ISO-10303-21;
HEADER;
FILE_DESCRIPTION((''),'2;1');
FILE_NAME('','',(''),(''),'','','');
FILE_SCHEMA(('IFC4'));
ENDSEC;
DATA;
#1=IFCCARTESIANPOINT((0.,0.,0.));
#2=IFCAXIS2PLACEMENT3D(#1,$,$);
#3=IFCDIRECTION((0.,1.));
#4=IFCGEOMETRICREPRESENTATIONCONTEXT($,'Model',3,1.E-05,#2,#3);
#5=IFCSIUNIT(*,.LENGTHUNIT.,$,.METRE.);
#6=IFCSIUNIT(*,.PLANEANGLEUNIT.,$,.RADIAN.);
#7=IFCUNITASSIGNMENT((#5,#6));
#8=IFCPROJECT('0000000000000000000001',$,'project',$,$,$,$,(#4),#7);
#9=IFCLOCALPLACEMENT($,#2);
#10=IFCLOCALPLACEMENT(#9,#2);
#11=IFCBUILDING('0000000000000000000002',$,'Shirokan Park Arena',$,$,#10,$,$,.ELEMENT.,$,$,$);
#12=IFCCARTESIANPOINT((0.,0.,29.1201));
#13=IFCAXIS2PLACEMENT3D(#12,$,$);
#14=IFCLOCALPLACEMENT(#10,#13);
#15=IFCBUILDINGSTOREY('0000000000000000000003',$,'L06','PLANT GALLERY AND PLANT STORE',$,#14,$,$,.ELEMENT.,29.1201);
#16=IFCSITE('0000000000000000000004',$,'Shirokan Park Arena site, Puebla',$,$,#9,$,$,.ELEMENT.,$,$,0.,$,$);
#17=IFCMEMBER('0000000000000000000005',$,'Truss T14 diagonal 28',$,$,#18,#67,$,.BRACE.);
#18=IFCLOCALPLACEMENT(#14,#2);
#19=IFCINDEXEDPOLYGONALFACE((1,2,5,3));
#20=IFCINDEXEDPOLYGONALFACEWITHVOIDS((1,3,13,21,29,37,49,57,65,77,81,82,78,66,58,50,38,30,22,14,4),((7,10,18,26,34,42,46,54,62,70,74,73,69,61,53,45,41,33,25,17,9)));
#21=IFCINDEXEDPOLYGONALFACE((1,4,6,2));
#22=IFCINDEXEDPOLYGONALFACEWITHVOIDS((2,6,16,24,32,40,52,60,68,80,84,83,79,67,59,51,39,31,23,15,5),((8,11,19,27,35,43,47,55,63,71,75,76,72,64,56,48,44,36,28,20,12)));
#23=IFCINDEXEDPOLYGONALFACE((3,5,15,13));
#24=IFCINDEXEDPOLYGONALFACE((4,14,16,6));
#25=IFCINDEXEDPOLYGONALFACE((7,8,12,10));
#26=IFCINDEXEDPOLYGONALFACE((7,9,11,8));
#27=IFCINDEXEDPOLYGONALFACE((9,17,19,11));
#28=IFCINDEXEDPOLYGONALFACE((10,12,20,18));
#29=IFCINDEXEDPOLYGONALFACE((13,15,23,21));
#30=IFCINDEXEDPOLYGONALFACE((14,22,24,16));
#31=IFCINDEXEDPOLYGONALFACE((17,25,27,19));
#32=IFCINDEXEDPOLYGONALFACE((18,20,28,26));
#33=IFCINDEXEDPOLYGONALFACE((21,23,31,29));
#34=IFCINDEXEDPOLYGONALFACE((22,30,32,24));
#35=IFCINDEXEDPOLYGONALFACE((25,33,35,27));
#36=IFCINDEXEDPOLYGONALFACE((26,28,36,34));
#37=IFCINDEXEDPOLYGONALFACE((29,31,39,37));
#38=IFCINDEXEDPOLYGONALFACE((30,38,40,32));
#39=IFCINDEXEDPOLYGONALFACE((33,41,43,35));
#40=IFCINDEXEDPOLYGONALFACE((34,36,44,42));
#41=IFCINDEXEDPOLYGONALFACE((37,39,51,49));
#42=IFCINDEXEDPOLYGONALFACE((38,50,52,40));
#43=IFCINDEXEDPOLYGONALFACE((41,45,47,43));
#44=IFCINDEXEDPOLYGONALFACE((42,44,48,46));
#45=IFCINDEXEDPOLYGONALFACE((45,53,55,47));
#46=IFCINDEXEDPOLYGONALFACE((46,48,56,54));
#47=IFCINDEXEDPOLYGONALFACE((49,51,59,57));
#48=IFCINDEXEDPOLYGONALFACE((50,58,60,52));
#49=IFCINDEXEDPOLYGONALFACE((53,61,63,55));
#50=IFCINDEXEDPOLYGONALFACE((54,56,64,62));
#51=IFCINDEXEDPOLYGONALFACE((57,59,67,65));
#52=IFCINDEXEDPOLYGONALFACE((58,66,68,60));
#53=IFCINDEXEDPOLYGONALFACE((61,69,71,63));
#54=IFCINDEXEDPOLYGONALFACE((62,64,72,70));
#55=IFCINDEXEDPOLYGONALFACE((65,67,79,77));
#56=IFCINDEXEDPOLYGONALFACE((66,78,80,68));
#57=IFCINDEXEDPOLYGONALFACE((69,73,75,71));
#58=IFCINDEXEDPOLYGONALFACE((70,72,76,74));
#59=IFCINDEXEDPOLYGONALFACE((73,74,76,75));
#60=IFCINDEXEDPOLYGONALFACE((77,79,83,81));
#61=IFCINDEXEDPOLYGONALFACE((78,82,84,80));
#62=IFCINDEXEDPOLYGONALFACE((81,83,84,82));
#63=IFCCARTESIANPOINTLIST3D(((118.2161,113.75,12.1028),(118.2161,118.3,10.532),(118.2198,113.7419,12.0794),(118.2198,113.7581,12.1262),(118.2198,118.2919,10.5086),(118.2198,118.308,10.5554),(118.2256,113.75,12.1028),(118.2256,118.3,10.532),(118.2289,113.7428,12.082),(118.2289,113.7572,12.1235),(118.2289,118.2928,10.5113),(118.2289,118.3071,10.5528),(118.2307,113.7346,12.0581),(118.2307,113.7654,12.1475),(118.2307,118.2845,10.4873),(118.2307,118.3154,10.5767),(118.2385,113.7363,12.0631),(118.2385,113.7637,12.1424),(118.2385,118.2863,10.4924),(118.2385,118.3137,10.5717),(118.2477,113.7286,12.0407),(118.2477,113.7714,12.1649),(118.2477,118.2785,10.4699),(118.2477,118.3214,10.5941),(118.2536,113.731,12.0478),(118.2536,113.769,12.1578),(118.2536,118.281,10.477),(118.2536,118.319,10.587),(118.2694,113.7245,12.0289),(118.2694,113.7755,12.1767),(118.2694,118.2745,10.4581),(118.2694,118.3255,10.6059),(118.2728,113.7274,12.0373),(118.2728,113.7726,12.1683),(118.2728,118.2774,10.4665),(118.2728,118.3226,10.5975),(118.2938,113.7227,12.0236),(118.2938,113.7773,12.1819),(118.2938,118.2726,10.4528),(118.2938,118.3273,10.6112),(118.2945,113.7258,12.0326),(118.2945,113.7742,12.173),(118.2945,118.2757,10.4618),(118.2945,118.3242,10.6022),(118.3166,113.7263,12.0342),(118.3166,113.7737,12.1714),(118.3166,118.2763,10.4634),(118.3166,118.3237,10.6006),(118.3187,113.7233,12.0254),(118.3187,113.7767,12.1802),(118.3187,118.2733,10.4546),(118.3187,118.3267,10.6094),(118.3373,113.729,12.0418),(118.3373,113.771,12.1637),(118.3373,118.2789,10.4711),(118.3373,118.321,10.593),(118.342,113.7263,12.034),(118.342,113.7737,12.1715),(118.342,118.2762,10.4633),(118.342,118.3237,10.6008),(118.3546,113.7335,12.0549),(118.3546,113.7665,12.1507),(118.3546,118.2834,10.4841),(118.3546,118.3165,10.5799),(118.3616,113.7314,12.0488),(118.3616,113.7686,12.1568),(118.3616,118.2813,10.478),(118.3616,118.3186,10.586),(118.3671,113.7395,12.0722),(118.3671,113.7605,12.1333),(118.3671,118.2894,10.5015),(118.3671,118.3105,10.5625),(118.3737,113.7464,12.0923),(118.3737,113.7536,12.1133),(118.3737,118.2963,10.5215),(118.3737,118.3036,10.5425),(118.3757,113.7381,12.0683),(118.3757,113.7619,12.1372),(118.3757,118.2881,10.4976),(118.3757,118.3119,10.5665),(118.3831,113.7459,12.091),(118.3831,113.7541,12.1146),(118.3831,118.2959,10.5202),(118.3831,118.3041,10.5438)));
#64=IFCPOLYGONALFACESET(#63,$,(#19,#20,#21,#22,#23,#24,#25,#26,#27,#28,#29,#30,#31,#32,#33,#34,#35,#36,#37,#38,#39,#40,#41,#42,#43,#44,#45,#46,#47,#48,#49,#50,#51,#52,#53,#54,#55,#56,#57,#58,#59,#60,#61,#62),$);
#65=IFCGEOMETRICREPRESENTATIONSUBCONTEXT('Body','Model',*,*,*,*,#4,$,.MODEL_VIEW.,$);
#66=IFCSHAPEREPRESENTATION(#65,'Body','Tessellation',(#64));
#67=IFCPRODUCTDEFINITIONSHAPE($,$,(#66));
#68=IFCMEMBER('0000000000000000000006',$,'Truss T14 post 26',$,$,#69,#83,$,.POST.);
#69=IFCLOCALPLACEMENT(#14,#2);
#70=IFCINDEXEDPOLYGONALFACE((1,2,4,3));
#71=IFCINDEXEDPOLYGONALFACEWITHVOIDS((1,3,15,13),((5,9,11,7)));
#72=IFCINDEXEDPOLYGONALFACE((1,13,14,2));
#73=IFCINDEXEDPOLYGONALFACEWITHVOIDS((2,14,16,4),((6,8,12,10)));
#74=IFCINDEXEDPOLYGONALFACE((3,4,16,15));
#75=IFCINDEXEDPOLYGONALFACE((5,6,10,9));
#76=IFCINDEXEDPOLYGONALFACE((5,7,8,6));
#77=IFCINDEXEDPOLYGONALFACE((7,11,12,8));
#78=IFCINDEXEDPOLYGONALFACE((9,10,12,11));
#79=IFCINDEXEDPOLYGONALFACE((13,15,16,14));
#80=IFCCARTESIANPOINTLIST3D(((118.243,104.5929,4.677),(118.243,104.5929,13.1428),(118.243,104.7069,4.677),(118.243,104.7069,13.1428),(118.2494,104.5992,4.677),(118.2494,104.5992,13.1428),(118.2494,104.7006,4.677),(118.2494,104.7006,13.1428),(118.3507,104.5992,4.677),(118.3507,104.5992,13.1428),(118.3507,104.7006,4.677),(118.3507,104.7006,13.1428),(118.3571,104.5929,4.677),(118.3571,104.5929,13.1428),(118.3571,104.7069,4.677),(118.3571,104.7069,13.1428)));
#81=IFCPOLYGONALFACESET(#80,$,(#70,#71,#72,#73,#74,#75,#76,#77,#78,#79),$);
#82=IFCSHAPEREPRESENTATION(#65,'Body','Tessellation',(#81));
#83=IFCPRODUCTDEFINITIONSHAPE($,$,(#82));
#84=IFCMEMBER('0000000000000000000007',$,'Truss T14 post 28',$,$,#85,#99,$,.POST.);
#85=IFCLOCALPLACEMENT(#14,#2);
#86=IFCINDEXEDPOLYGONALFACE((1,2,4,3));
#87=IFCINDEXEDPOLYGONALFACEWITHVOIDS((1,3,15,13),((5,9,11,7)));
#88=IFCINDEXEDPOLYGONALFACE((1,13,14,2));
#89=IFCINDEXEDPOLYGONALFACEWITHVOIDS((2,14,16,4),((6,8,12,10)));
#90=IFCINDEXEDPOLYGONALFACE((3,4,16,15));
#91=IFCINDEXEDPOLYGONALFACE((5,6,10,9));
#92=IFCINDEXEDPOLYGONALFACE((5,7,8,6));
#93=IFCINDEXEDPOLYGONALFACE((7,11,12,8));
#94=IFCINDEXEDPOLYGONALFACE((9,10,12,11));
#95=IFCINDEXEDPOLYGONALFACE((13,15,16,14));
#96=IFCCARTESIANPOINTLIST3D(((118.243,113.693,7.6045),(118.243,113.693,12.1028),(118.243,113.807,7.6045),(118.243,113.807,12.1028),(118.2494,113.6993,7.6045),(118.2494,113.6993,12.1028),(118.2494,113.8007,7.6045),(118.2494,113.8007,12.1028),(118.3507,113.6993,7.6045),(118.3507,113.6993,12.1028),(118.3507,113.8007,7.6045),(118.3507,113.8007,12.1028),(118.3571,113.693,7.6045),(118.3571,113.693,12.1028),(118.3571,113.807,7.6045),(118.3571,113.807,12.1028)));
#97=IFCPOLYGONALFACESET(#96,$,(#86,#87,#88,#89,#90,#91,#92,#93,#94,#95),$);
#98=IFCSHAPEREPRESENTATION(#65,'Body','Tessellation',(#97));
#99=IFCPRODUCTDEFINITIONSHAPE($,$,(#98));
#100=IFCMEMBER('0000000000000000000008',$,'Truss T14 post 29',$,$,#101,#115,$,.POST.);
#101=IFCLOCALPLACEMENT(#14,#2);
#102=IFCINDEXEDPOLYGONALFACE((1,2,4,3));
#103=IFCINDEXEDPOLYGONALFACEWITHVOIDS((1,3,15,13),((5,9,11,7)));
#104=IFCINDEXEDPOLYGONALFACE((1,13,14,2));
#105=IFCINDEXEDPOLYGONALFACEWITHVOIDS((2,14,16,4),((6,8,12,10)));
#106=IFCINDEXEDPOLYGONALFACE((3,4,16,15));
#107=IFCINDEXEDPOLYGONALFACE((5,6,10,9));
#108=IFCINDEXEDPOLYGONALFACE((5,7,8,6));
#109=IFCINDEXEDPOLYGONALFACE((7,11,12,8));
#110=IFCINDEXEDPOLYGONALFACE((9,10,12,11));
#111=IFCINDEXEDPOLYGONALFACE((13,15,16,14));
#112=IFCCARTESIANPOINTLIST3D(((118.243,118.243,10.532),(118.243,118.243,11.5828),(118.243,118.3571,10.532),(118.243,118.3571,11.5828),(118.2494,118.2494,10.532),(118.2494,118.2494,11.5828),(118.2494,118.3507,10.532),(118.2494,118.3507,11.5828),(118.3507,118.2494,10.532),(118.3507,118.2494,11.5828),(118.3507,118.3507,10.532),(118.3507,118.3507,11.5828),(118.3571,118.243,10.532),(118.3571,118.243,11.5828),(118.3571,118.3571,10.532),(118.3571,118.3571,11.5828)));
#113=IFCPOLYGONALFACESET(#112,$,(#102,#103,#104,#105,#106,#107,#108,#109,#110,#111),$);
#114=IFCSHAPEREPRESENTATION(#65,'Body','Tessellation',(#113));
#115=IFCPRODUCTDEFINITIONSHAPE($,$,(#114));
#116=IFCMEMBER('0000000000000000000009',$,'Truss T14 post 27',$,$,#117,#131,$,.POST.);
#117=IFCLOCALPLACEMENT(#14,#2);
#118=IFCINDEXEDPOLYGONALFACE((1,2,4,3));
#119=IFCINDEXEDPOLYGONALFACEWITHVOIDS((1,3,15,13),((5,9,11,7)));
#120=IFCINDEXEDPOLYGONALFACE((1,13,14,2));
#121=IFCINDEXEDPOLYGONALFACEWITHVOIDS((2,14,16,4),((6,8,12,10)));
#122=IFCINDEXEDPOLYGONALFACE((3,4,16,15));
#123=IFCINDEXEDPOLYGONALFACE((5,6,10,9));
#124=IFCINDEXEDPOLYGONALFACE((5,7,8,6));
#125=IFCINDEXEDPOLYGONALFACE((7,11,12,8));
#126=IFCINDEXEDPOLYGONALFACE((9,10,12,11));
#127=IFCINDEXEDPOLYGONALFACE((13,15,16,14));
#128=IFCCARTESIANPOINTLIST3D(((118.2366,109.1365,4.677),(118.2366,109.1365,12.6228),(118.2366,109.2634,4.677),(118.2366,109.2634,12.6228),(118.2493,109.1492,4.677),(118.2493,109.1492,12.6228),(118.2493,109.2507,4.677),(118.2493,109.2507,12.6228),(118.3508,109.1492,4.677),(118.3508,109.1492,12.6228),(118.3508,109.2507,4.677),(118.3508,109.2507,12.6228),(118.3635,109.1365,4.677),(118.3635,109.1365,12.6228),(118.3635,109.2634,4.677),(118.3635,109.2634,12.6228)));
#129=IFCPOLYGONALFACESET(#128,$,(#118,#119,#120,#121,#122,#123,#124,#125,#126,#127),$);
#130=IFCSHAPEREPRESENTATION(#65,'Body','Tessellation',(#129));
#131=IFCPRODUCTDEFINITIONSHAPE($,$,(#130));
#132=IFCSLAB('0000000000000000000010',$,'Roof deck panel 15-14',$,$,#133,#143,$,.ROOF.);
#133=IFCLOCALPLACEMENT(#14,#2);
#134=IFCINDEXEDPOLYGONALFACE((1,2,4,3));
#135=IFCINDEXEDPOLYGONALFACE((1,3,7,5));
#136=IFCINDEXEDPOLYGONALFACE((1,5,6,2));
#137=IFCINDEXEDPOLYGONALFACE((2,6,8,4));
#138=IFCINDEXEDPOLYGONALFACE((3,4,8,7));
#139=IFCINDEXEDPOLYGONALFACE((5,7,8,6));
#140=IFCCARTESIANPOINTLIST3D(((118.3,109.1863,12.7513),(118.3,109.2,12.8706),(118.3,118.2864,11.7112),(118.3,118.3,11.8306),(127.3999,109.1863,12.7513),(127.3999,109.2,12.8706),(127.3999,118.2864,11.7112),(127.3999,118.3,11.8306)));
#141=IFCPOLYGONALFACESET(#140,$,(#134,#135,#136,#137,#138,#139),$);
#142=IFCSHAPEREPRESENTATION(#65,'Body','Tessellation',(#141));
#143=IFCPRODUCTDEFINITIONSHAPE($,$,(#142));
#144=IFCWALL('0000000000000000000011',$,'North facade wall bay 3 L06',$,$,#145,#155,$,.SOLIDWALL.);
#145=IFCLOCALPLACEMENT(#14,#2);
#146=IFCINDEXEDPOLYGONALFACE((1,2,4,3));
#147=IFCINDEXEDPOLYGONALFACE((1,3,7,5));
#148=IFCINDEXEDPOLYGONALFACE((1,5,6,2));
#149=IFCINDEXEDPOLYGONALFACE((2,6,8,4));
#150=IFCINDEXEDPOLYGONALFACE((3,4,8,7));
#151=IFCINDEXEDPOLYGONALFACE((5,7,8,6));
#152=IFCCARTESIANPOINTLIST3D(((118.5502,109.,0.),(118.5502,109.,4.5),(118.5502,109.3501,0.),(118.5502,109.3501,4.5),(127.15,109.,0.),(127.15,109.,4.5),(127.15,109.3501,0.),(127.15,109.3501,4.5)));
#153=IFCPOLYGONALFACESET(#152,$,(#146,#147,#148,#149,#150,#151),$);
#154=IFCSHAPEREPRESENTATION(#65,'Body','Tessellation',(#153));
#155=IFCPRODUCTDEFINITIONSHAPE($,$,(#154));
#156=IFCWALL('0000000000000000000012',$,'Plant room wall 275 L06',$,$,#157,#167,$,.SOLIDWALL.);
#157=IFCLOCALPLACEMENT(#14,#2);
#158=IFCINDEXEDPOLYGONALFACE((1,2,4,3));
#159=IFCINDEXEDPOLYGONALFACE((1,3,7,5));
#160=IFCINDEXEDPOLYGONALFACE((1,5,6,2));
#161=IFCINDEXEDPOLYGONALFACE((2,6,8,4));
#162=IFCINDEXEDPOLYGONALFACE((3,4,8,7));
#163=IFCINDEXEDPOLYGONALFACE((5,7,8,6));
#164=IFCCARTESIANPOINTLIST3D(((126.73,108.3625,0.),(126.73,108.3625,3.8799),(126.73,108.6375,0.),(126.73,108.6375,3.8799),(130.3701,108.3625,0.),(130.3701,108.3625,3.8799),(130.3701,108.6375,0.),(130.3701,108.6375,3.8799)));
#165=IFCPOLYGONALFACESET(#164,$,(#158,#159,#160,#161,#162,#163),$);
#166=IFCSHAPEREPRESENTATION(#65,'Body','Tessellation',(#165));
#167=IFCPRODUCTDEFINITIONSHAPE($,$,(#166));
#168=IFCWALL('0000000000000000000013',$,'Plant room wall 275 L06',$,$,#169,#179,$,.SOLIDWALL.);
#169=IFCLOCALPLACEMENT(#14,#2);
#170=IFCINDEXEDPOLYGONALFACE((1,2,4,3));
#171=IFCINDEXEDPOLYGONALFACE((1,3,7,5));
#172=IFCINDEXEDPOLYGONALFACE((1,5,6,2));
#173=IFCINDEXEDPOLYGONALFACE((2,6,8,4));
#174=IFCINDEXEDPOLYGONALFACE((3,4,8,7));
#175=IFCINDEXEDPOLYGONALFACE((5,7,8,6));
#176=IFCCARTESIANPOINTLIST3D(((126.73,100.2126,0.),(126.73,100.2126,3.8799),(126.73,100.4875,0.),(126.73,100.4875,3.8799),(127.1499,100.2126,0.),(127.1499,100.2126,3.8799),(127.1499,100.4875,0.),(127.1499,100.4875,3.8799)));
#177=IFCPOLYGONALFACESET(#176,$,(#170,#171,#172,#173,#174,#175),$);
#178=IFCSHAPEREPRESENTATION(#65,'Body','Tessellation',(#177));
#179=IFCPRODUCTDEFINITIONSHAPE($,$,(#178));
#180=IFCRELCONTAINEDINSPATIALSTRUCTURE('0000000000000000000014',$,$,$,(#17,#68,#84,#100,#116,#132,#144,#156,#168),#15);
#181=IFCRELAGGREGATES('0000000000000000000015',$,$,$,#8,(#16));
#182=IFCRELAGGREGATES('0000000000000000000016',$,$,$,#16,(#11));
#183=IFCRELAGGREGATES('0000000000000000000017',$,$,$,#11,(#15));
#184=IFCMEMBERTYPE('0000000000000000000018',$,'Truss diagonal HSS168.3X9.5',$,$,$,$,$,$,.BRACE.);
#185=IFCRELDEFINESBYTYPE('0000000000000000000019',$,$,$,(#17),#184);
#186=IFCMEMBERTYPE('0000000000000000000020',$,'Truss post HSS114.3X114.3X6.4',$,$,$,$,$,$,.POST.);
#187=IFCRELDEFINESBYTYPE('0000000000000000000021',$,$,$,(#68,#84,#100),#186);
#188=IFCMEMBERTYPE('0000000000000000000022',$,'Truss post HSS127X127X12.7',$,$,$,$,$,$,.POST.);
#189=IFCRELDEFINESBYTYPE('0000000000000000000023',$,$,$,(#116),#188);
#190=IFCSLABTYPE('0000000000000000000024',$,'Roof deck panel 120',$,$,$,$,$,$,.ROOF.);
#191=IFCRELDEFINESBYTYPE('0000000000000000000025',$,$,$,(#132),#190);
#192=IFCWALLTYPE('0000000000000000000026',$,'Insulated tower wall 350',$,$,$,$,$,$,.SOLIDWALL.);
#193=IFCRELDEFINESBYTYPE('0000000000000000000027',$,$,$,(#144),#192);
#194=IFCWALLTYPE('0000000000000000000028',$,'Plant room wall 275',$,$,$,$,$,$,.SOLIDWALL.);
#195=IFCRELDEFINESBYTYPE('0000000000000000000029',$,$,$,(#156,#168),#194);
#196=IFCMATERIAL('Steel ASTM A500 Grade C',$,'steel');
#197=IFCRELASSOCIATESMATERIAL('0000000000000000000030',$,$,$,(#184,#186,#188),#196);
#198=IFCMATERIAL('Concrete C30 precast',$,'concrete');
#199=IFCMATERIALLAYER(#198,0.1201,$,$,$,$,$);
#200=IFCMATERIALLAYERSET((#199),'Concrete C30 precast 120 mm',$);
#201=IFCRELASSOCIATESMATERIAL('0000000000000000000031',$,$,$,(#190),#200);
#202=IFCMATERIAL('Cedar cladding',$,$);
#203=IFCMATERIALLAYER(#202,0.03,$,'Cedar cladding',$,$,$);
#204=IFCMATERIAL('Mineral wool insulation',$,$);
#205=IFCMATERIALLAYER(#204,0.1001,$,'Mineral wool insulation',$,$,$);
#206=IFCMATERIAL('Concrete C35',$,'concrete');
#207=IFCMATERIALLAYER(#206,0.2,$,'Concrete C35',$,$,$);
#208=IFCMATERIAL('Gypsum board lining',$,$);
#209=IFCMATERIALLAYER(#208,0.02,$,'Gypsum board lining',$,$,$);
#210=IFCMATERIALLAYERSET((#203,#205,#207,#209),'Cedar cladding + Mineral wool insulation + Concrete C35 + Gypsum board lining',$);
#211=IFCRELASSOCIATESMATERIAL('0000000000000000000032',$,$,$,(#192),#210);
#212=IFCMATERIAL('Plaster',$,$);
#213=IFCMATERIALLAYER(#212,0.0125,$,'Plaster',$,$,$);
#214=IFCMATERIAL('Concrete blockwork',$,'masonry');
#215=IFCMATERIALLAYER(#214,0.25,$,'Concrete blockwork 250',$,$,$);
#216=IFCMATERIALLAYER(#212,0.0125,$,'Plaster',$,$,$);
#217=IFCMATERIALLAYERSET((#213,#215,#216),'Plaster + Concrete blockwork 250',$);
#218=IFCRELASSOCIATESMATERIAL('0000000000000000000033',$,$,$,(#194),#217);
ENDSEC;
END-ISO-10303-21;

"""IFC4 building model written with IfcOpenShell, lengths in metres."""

from ifc_helpers import new_model, si_unit, direction, frame, frame_2d, origin, origin_2d, place, context, subcontext, project, spatial, polyline, rectangle, hollow_rectangle, hollow_circle, outline, extrude, material, layer, layer_set, material_profile, profile_set, type_object, element, save


model = new_model("IFC4")

# Units and contexts
model_context = context("Model", 3, precision=1e-05, world=origin(), true_north=direction((0.0, 1.0)))
body_context = subcontext(model_context, "Body", "Model", "MODEL_VIEW")
ifc_project = project(units=[si_unit("LENGTHUNIT", "METRE"), si_unit("PLANEANGLEUNIT", "RADIAN")], contexts=[model_context])

# Site, building, storey
site_placement = place(None, origin())
site = spatial("IfcSite", under=ifc_project, at=site_placement, Name="Shirokan Park Arena site, Puebla", CompositionType="ELEMENT", RefElevation=0.0)
building_placement = place(site_placement, origin())
building = spatial("IfcBuilding", under=site, at=building_placement, Name="Shirokan Park Arena", CompositionType="ELEMENT")
storey_placement = place(building_placement, frame((0.0, 0.0, 29.1201)))
storey = spatial("IfcBuildingStorey", under=building, at=storey_placement, Name="L06", Description="PLANT GALLERY AND PLANT STORE", CompositionType="ELEMENT", Elevation=29.1201)

# Shared definitions
ifc_material_1 = material(Name="Concrete C35", Category="concrete")

# Shared definitions
ifc_material_2 = material(Name="Steel ASTM A500 Grade C", Category="steel")

# Members
ifc_material_profile_1 = material_profile(ifc_material_2, hollow_circle(Radius=0.084, WallThickness=0.0095, at=origin_2d()), Name="HSS168.3X9.5")
ifc_profile_set_1 = profile_set([ifc_material_profile_1], Name="Steel ASTM A500 Grade C")
member_type_1 = type_object("IfcMemberType", Name="Truss diagonal HSS168.3X9.5", PredefinedType="BRACE", material=ifc_profile_set_1)
member_1_placement = place(storey_placement, frame((118.3, 113.75, 12.1028), z_axis=(0.0, 0.945256, -0.326328), x_axis=(-1.0, 0.0, 0.0)))
element("IfcMember", 1, at=member_1_placement, inside=storey, type_object=member_type_1, Name="Truss T14 diagonal 28", PredefinedType="BRACE", context=body_context, shape_type="SweptSolid", body=[
    extrude(hollow_circle(Radius=0.084, WallThickness=0.0095, at=origin_2d()), origin(), (0.0, 0.0, 1.0), 4.8135),
])
ifc_material_profile_2 = material_profile(ifc_material_2, hollow_rectangle(XDim=0.114, YDim=0.114, WallThickness=0.0063, at=origin_2d()), Name="HSS114.3X114.3X6.4")
ifc_profile_set_2 = profile_set([ifc_material_profile_2], Name="Steel ASTM A500 Grade C")
member_type_2 = type_object("IfcMemberType", Name="Truss post HSS114.3X114.3X6.4", PredefinedType="POST", material=ifc_profile_set_2)
member_2_placement = place(storey_placement, frame((118.3, 104.6499, 4.677), z_axis=(0.0, 0.0, 1.0), x_axis=(1.0, 0.0, 0.0)))
element("IfcMember", 2, at=member_2_placement, inside=storey, type_object=member_type_2, Name="Truss T14 post 26", PredefinedType="POST", context=body_context, shape_type="SweptSolid", body=[
    extrude(hollow_rectangle(XDim=0.114, YDim=0.114, WallThickness=0.0063, at=origin_2d()), origin(), (0.0, 0.0, 1.0), 8.4658),
])
member_3_placement = place(storey_placement, frame((118.3, 113.75, 7.6045), z_axis=(0.0, 0.0, 1.0), x_axis=(1.0, 0.0, 0.0)))
element("IfcMember", 3, at=member_3_placement, inside=storey, type_object=member_type_2, Name="Truss T14 post 28", PredefinedType="POST", context=body_context, shape_type="SweptSolid", body=[
    extrude(hollow_rectangle(XDim=0.114, YDim=0.114, WallThickness=0.0063, at=origin_2d()), origin(), (0.0, 0.0, 1.0), 4.4983),
])
member_4_placement = place(storey_placement, frame((118.3, 118.3, 10.532), z_axis=(0.0, 0.0, 1.0), x_axis=(1.0, 0.0, 0.0)))
element("IfcMember", 4, at=member_4_placement, inside=storey, type_object=member_type_2, Name="Truss T14 post 29", PredefinedType="POST", context=body_context, shape_type="SweptSolid", body=[
    extrude(hollow_rectangle(XDim=0.114, YDim=0.114, WallThickness=0.0063, at=origin_2d()), origin(), (0.0, 0.0, 1.0), 1.0508),
])
ifc_material_profile_3 = material_profile(ifc_material_2, hollow_rectangle(XDim=0.127, YDim=0.127, WallThickness=0.0127, at=origin_2d()), Name="HSS127X127X12.7")
ifc_profile_set_3 = profile_set([ifc_material_profile_3], Name="Steel ASTM A500 Grade C")
member_type_3 = type_object("IfcMemberType", Name="Truss post HSS127X127X12.7", PredefinedType="POST", material=ifc_profile_set_3)
member_5_placement = place(storey_placement, frame((118.3, 109.2, 4.677), z_axis=(0.0, 0.0, 1.0), x_axis=(1.0, 0.0, 0.0)))
element("IfcMember", 5, at=member_5_placement, inside=storey, type_object=member_type_3, Name="Truss T14 post 27", PredefinedType="POST", context=body_context, shape_type="SweptSolid", body=[
    extrude(hollow_rectangle(XDim=0.127, YDim=0.127, WallThickness=0.0127, at=origin_2d()), origin(), (0.0, 0.0, 1.0), 7.9458),
])

# Slab
ifc_material_3 = material(Name="Concrete C30 precast", Category="concrete")
ifc_layer_1 = layer(ifc_material_3, 0.1201)
ifc_layer_set_1 = layer_set([ifc_layer_1], Name="Concrete C30 precast 120 mm")
slab_type = type_object("IfcSlabType", Name="Roof deck panel 120", PredefinedType="ROOF", material=ifc_layer_set_1)
slab_placement = place(storey_placement, frame((118.3, 109.2, 12.8706), z_axis=(0.0, 0.11355, 0.993532), x_axis=(1.0, 0.0, 0.0)))
element("IfcSlab", 6, at=slab_placement, inside=storey, type_object=slab_type, Name="Roof deck panel 15-14", PredefinedType="ROOF", context=body_context, shape_type="SweptSolid", body=[
    extrude(outline(polyline([(0.0, 0.0), (9.0999, 0.0), (9.0999, 9.1593), (0.0, 9.1593), (0.0, 0.0)])), origin(), (0.0, 0.0, -1.0), 0.1201),
])

# Walls
ifc_material_4 = material(Name="Cedar cladding")
ifc_layer_2 = layer(ifc_material_4, 0.03, Name="Cedar cladding")
ifc_material_5 = material(Name="Mineral wool insulation")
ifc_layer_3 = layer(ifc_material_5, 0.1001, Name="Mineral wool insulation")
ifc_layer_4 = layer(ifc_material_1, 0.2, Name="Concrete C35")
ifc_material_6 = material(Name="Gypsum board lining")
ifc_layer_5 = layer(ifc_material_6, 0.02, Name="Gypsum board lining")
ifc_layer_set_2 = layer_set([ifc_layer_2, ifc_layer_3, ifc_layer_4, ifc_layer_5], Name="Cedar cladding + Mineral wool insulation + Concrete C35 + Gypsum board lining")
wall_type_1 = type_object("IfcWallType", Name="Insulated tower wall 350", PredefinedType="SOLIDWALL", material=ifc_layer_set_2)
wall_1_placement = place(storey_placement, frame((127.1499, 109.175, 0.0), z_axis=(0.0, 0.0, 1.0), x_axis=(-1.0, 0.0, 0.0)))
element("IfcWall", 7, at=wall_1_placement, inside=storey, type_object=wall_type_1, Name="North facade wall bay 3 L06", PredefinedType="SOLIDWALL", context=body_context, shape_type="SweptSolid", body=[
    extrude(rectangle(XDim=8.5999, YDim=0.3501, at=frame_2d((4.2998, 0.0))), origin(), (0.0, 0.0, 1.0), 4.5),
])
ifc_material_7 = material(Name="Plaster")
ifc_layer_6 = layer(ifc_material_7, 0.0125, Name="Plaster")
ifc_material_8 = material(Name="Concrete blockwork", Category="masonry")
ifc_layer_7 = layer(ifc_material_8, 0.25, Name="Concrete blockwork 250")
ifc_layer_8 = layer(ifc_material_7, 0.0125, Name="Plaster")
ifc_layer_set_3 = layer_set([ifc_layer_6, ifc_layer_7, ifc_layer_8], Name="Plaster + Concrete blockwork 250")
wall_type_2 = type_object("IfcWallType", Name="Plant room wall 275", PredefinedType="SOLIDWALL", material=ifc_layer_set_3)
wall_2_placement = place(storey_placement, frame((126.73, 108.5, 0.0), z_axis=(0.0, 0.0, 1.0), x_axis=(1.0, 0.0, 0.0)))
element("IfcWall", 8, at=wall_2_placement, inside=storey, type_object=wall_type_2, Name="Plant room wall 275 L06", PredefinedType="SOLIDWALL", context=body_context, shape_type="SweptSolid", body=[
    extrude(rectangle(XDim=3.6401, YDim=0.2749, at=frame_2d((1.8201, 0.0))), origin(), (0.0, 0.0, 1.0), 3.8799),
])
wall_3_placement = place(storey_placement, frame((127.1499, 100.3501, 0.0), z_axis=(0.0, 0.0, 1.0), x_axis=(-1.0, 0.0, 0.0)))
element("IfcWall", 9, at=wall_3_placement, inside=storey, type_object=wall_type_2, Name="Plant room wall 275 L06", PredefinedType="SOLIDWALL", context=body_context, shape_type="SweptSolid", body=[
    extrude(rectangle(XDim=0.4199, YDim=0.2749, at=frame_2d((0.21, 0.0))), origin(), (0.0, 0.0, 1.0), 3.8799),
])

save(model, "model.ifc")
